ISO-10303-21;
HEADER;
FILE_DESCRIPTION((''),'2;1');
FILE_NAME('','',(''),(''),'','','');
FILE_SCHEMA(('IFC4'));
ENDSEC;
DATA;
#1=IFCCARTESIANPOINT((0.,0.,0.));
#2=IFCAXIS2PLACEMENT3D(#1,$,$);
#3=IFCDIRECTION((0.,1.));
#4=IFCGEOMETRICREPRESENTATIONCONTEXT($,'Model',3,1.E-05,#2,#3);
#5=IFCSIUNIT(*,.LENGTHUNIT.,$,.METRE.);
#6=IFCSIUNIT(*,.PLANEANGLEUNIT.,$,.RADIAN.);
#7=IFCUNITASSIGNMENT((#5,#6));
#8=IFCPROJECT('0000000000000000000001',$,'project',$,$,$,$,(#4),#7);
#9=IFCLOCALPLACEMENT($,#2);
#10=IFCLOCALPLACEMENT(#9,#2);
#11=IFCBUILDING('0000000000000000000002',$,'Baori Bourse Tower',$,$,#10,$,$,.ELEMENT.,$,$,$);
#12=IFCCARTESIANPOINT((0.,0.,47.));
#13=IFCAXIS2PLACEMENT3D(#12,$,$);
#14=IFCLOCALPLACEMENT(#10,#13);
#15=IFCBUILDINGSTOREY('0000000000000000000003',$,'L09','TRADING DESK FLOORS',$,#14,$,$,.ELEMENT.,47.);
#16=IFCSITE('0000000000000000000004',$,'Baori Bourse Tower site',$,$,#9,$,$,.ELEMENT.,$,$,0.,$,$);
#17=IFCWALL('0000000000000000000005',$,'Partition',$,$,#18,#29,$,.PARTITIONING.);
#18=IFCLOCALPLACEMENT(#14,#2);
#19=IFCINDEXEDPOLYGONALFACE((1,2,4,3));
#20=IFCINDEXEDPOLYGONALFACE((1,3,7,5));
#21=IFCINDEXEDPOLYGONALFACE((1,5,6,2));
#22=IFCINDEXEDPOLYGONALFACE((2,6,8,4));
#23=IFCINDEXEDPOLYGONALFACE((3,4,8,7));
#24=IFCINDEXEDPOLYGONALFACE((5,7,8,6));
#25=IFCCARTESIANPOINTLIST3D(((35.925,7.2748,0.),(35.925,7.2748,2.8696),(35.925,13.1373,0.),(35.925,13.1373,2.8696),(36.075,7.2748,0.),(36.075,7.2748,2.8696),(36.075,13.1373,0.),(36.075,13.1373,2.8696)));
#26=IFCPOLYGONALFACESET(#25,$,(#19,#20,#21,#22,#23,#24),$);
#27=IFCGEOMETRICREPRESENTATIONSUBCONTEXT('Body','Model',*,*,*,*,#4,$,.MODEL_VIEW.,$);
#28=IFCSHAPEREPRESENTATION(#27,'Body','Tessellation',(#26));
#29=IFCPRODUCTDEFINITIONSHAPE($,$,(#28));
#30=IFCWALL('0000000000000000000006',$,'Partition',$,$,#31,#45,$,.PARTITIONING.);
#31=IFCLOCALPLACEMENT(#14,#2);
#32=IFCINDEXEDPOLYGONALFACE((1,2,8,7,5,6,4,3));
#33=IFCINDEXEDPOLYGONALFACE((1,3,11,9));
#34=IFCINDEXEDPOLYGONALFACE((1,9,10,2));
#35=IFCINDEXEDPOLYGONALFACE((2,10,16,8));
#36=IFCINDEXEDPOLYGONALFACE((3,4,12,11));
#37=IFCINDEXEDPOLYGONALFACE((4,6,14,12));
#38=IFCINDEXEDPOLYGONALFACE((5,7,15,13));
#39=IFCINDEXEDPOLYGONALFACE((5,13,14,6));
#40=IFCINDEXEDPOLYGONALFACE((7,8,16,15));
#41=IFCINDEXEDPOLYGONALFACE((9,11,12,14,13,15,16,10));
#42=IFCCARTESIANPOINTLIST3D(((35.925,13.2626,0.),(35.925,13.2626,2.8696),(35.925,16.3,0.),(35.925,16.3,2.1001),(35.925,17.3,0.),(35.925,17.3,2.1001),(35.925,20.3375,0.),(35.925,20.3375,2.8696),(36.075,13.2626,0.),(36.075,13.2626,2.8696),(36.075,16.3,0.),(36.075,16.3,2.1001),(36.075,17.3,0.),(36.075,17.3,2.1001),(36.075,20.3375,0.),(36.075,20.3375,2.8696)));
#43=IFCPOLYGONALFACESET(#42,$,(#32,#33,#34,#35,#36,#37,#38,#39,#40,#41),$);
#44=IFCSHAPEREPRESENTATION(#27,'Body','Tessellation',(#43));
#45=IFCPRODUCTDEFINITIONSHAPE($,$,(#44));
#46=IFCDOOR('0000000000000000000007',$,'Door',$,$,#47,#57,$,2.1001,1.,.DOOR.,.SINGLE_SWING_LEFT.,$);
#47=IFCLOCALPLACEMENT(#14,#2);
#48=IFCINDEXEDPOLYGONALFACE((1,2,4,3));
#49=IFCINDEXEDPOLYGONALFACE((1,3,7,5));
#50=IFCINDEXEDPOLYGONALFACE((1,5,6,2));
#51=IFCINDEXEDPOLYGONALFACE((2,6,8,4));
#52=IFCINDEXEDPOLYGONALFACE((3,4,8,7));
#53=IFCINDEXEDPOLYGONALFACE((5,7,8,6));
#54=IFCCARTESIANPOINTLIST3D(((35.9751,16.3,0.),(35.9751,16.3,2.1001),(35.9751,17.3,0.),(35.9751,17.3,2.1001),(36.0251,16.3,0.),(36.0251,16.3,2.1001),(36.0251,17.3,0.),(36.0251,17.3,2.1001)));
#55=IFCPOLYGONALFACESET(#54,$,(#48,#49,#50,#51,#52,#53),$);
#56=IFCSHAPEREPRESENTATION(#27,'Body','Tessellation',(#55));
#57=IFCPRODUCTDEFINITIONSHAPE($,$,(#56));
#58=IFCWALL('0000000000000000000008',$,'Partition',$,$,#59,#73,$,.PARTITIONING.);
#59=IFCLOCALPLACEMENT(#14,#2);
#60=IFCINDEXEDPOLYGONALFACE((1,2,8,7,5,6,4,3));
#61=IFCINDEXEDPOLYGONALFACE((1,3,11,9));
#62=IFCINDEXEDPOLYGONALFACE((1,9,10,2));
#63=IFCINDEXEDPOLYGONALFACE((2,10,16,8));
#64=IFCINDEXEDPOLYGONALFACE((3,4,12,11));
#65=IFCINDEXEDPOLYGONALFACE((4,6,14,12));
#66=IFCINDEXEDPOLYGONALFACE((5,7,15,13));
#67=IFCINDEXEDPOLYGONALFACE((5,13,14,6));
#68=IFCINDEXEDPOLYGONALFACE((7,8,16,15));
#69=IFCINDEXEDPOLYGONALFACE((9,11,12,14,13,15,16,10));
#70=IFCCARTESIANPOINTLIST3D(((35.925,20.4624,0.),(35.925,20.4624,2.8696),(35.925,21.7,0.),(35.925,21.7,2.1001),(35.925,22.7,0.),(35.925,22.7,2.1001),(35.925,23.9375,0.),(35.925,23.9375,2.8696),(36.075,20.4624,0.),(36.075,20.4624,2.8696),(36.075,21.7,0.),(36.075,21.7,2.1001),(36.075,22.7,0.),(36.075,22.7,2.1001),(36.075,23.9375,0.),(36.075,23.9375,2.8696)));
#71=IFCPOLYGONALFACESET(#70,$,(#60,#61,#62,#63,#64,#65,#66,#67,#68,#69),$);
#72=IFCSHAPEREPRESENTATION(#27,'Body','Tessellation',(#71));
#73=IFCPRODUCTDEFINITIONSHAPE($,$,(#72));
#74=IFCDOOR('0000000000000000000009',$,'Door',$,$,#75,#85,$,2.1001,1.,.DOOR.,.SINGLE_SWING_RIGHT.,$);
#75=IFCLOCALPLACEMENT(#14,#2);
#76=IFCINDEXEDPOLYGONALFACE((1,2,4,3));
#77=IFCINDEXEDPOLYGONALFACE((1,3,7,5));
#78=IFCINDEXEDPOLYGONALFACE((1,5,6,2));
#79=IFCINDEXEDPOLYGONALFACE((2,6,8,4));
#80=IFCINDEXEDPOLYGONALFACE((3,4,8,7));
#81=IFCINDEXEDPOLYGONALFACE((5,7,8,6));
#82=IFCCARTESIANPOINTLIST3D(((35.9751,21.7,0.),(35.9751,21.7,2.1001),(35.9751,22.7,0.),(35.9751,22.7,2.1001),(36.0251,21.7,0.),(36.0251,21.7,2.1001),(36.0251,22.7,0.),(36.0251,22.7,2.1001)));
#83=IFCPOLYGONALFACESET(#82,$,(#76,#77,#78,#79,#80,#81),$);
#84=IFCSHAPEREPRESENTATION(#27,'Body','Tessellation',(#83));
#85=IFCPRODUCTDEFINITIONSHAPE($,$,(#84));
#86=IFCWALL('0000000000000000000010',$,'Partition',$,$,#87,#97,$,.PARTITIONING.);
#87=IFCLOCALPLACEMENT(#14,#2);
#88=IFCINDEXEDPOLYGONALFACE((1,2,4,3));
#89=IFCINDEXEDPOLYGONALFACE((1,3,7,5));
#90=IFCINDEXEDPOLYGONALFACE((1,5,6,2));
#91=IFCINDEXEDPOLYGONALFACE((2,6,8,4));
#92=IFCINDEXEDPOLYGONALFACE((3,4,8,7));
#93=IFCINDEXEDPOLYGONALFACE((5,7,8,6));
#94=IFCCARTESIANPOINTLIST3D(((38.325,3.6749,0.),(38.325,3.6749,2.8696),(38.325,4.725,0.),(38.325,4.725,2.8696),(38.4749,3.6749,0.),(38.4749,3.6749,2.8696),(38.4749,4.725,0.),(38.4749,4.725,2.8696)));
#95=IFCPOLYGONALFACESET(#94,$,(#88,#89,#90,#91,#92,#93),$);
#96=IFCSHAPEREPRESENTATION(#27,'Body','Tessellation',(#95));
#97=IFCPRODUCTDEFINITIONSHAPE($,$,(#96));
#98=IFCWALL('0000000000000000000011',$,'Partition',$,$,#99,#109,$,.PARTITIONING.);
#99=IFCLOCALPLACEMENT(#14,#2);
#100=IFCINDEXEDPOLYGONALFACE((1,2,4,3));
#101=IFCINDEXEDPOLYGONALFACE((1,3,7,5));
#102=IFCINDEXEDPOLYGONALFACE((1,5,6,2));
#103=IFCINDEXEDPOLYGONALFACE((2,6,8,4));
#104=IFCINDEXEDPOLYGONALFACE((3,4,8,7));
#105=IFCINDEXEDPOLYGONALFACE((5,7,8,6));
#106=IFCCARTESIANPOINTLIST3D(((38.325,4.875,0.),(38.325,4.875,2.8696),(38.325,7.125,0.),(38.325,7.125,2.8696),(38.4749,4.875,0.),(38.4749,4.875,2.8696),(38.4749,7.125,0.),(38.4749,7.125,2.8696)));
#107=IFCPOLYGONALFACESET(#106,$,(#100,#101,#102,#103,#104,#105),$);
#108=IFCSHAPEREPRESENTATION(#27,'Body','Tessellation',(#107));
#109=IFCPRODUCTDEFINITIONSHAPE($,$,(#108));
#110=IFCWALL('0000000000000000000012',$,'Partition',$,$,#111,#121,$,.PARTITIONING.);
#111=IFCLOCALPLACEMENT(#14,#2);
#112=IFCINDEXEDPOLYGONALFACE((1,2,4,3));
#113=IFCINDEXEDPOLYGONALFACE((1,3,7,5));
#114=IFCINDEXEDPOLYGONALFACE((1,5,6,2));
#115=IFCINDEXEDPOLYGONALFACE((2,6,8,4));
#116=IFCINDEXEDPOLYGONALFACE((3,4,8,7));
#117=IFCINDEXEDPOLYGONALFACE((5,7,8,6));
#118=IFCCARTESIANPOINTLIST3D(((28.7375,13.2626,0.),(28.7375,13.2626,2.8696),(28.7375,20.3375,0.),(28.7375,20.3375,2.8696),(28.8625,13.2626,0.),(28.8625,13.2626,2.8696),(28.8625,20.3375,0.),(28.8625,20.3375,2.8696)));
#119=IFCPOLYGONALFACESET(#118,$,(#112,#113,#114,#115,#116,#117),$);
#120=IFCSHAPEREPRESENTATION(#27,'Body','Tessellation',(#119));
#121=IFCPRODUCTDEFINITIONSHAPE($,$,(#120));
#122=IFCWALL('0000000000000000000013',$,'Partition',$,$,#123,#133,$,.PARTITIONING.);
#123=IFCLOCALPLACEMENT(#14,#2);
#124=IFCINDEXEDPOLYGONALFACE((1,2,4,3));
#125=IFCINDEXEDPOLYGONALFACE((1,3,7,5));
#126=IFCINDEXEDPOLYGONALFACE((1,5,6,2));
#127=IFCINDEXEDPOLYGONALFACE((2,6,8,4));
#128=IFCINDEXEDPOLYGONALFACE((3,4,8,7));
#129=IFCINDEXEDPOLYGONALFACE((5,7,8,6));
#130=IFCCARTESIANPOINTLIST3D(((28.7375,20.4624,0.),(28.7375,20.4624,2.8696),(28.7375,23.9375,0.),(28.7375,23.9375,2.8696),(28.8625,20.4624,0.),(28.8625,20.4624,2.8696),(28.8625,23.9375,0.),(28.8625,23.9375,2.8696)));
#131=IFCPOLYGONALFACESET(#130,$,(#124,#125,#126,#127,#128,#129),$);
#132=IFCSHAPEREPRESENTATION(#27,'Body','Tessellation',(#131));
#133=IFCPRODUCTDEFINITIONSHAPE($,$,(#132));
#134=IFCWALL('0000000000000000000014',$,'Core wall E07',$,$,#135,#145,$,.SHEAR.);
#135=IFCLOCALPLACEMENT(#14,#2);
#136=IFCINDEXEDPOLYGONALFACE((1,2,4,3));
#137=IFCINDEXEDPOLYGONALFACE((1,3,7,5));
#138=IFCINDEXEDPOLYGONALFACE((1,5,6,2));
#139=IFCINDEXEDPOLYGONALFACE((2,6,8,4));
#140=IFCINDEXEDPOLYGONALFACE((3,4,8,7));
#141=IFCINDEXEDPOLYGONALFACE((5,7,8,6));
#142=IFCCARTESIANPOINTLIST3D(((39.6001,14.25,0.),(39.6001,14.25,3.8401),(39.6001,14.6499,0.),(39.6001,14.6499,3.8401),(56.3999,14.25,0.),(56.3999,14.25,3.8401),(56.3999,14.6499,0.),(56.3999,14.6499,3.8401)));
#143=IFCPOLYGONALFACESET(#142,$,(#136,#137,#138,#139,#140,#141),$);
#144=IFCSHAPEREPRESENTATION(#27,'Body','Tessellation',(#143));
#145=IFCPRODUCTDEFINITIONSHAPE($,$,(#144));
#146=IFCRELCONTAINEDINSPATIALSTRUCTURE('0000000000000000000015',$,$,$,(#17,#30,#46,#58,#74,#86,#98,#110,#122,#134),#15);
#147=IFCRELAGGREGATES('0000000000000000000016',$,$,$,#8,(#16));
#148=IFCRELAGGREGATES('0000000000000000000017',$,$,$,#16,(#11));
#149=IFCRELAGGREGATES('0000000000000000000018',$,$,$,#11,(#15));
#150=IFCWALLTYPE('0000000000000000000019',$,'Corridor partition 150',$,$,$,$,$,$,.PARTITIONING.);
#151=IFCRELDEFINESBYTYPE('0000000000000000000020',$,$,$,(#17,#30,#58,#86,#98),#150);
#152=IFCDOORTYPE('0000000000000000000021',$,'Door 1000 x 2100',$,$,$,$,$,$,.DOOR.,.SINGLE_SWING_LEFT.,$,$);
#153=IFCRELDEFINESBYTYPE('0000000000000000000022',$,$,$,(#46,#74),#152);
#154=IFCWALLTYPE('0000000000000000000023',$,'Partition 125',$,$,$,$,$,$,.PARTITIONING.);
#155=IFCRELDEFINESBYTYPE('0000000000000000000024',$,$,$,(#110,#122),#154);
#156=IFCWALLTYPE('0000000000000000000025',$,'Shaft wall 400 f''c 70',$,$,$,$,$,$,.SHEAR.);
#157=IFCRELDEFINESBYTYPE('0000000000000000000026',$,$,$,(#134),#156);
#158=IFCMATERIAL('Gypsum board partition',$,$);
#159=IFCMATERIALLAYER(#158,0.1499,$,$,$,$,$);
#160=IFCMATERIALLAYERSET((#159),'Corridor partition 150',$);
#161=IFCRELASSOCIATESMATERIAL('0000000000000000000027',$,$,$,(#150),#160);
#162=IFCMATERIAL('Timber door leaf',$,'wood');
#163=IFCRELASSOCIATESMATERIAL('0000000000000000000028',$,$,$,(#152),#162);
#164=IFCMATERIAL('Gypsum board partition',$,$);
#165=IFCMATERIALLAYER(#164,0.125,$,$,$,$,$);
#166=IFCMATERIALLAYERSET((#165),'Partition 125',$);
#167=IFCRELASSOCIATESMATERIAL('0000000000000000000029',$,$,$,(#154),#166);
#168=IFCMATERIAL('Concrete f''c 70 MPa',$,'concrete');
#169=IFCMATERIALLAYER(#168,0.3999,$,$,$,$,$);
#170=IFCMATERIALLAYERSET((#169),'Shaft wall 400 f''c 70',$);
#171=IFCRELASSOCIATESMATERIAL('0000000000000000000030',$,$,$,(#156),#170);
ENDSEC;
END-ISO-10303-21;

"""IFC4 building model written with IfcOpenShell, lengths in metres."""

from ifc_helpers import new_model, si_unit, direction, frame, frame_2d, origin, place, context, subcontext, project, spatial, rectangle, extrude, material, layer, layer_set, type_object, element, fill, save


model = new_model("IFC4")

# Units and contexts
model_context = context("Model", 3, precision=1e-05, world=origin(), true_north=direction((0.0, 1.0)))
body_context = subcontext(model_context, "Body", "Model", "MODEL_VIEW")
ifc_project = project(units=[si_unit("LENGTHUNIT", "METRE"), si_unit("PLANEANGLEUNIT", "RADIAN")], contexts=[model_context])

# Site, building, storey
site_placement = place(None, origin())
site = spatial("IfcSite", under=ifc_project, at=site_placement, Name="Baori Bourse Tower site", CompositionType="ELEMENT", RefElevation=0.0)
building_placement = place(site_placement, origin())
building = spatial("IfcBuilding", under=site, at=building_placement, Name="Baori Bourse Tower", CompositionType="ELEMENT")
storey_placement = place(building_placement, frame((0.0, 0.0, 47.0)))
storey = spatial("IfcBuildingStorey", under=building, at=storey_placement, Name="L09", Description="TRADING DESK FLOORS", CompositionType="ELEMENT", Elevation=47.0)

# Shared definitions
ifc_material_1 = material(Name="Gypsum board partition")
ifc_layer_1 = layer(ifc_material_1, 0.1499)
ifc_layer_set_1 = layer_set([ifc_layer_1], Name="Corridor partition 150")
wall_type_1 = type_object("IfcWallType", Name="Corridor partition 150", PredefinedType="PARTITIONING", material=ifc_layer_set_1)
ifc_material_2 = material(Name="Timber door leaf", Category="wood")
door_type_1 = type_object("IfcDoorType", Name="Door 1000 x 2100", OperationType="SINGLE_SWING_LEFT", PredefinedType="DOOR", material=ifc_material_2)

# Wall
wall_1_placement = place(storey_placement, frame((36.0, 7.2749, 0.0), z_axis=(0.0, 0.0, 1.0), x_axis=(0.0, 1.0, 0.0)))
element("IfcWall", 1, at=wall_1_placement, inside=storey, type_object=wall_type_1, Name="Partition", PredefinedType="PARTITIONING", context=body_context, shape_type="SweptSolid", body=[
    extrude(rectangle(XDim=5.8625, YDim=0.1499, at=frame_2d((2.9312, 0.0))), origin(), (0.0, 0.0, 1.0), 2.8696),
])

# Walls, openings, doors
wall_2_placement = place(storey_placement, frame((36.0, 13.2625, 0.0), z_axis=(0.0, 0.0, 1.0), x_axis=(0.0, 1.0, 0.0)))
wall_2 = element("IfcWall", 2, at=wall_2_placement, inside=storey, type_object=wall_type_1, Name="Partition", PredefinedType="PARTITIONING", context=body_context, shape_type="SweptSolid", body=[
    extrude(rectangle(XDim=7.075, YDim=0.1499, at=frame_2d((3.5376, 0.0))), origin(), (0.0, 0.0, 1.0), 2.8696),
])
opening_1_placement = place(wall_2_placement, frame((3.0376, 0.0, 0.0)))
opening_1 = element("IfcOpeningElement", 3, at=opening_1_placement, cuts=wall_2, PredefinedType="OPENING", context=body_context, shape_type="SweptSolid", body=[
    extrude(rectangle(XDim=1.0, YDim=2.1001, at=frame_2d((0.5, 1.05))), frame((0.0, 0.085, 0.0), z_axis=(0.0, -1.0, 0.0), x_axis=(1.0, 0.0, 0.0)), (0.0, 0.0, 1.0), 0.1699),
])
door_1_placement = place(opening_1_placement, origin())
door_1 = element("IfcDoor", 4, at=door_1_placement, inside=storey, type_object=door_type_1, Name="Door", OperationType="SINGLE_SWING_LEFT", OverallHeight=2.1001, OverallWidth=1.0, PredefinedType="DOOR", context=body_context, shape_type="SweptSolid", body=[
    extrude(rectangle(XDim=1.0, YDim=2.1001, at=frame_2d((0.5, 1.05))), frame((0.0, 0.0249, 0.0), z_axis=(0.0, -1.0, 0.0), x_axis=(1.0, 0.0, 0.0)), (0.0, 0.0, 1.0), 0.05),
])
fill(opening_1, door_1)
wall_3_placement = place(storey_placement, frame((36.0, 20.4624, 0.0), z_axis=(0.0, 0.0, 1.0), x_axis=(0.0, 1.0, 0.0)))
wall_3 = element("IfcWall", 5, at=wall_3_placement, inside=storey, type_object=wall_type_1, Name="Partition", PredefinedType="PARTITIONING", context=body_context, shape_type="SweptSolid", body=[
    extrude(rectangle(XDim=3.4751, YDim=0.1499, at=frame_2d((1.7375, 0.0))), origin(), (0.0, 0.0, 1.0), 2.8696),
])
opening_2_placement = place(wall_3_placement, frame((1.2375, 0.0, 0.0)))
opening_2 = element("IfcOpeningElement", 6, at=opening_2_placement, cuts=wall_3, PredefinedType="OPENING", context=body_context, shape_type="SweptSolid", body=[
    extrude(rectangle(XDim=1.0, YDim=2.1001, at=frame_2d((0.5, 1.05))), frame((0.0, 0.085, 0.0), z_axis=(0.0, -1.0, 0.0), x_axis=(1.0, 0.0, 0.0)), (0.0, 0.0, 1.0), 0.1699),
])
door_2_placement = place(opening_2_placement, origin())
door_2 = element("IfcDoor", 7, at=door_2_placement, inside=storey, type_object=door_type_1, Name="Door", OperationType="SINGLE_SWING_RIGHT", OverallHeight=2.1001, OverallWidth=1.0, PredefinedType="DOOR", context=body_context, shape_type="SweptSolid", body=[
    extrude(rectangle(XDim=1.0, YDim=2.1001, at=frame_2d((0.5, 1.05))), frame((0.0, 0.0249, 0.0), z_axis=(0.0, -1.0, 0.0), x_axis=(1.0, 0.0, 0.0)), (0.0, 0.0, 1.0), 0.05),
])
fill(opening_2, door_2)

# Walls
wall_4_placement = place(storey_placement, frame((38.3999, 3.675, 0.0), z_axis=(0.0, 0.0, 1.0), x_axis=(0.0, 1.0, 0.0)))
element("IfcWall", 8, at=wall_4_placement, inside=storey, type_object=wall_type_1, Name="Partition", PredefinedType="PARTITIONING", context=body_context, shape_type="SweptSolid", body=[
    extrude(rectangle(XDim=1.05, YDim=0.1499, at=frame_2d((0.5249, 0.0))), origin(), (0.0, 0.0, 1.0), 2.8696),
])
wall_5_placement = place(storey_placement, frame((38.3999, 4.875, 0.0), z_axis=(0.0, 0.0, 1.0), x_axis=(0.0, 1.0, 0.0)))
element("IfcWall", 9, at=wall_5_placement, inside=storey, type_object=wall_type_1, Name="Partition", PredefinedType="PARTITIONING", context=body_context, shape_type="SweptSolid", body=[
    extrude(rectangle(XDim=2.25, YDim=0.1499, at=frame_2d((1.125, 0.0))), origin(), (0.0, 0.0, 1.0), 2.8696),
])
ifc_material_3 = material(Name="Gypsum board partition")
ifc_layer_2 = layer(ifc_material_3, 0.125)
ifc_layer_set_2 = layer_set([ifc_layer_2], Name="Partition 125")
wall_type_2 = type_object("IfcWallType", Name="Partition 125", PredefinedType="PARTITIONING", material=ifc_layer_set_2)
wall_6_placement = place(storey_placement, frame((28.8, 13.2625, 0.0), z_axis=(0.0, 0.0, 1.0), x_axis=(0.0, 1.0, 0.0)))
element("IfcWall", 10, at=wall_6_placement, inside=storey, type_object=wall_type_2, Name="Partition", PredefinedType="PARTITIONING", context=body_context, shape_type="SweptSolid", body=[
    extrude(rectangle(XDim=7.075, YDim=0.125, at=frame_2d((3.5376, 0.0))), origin(), (0.0, 0.0, 1.0), 2.8696),
])
wall_7_placement = place(storey_placement, frame((28.8, 20.4624, 0.0), z_axis=(0.0, 0.0, 1.0), x_axis=(0.0, 1.0, 0.0)))
element("IfcWall", 11, at=wall_7_placement, inside=storey, type_object=wall_type_2, Name="Partition", PredefinedType="PARTITIONING", context=body_context, shape_type="SweptSolid", body=[
    extrude(rectangle(XDim=3.4751, YDim=0.125, at=frame_2d((1.7375, 0.0))), origin(), (0.0, 0.0, 1.0), 2.8696),
])
ifc_material_4 = material(Name="Concrete f'c 70 MPa", Category="concrete")
ifc_layer_3 = layer(ifc_material_4, 0.3999)
ifc_layer_set_3 = layer_set([ifc_layer_3], Name="Shaft wall 400 f'c 70")
wall_type_3 = type_object("IfcWallType", Name="Shaft wall 400 f'c 70", PredefinedType="SHEAR", material=ifc_layer_set_3)
wall_8_placement = place(storey_placement, frame((39.6001, 14.45, 0.0), z_axis=(0.0, 0.0, 1.0), x_axis=(1.0, 0.0, 0.0)))
element("IfcWall", 12, at=wall_8_placement, inside=storey, type_object=wall_type_3, Name="Core wall E07", PredefinedType="SHEAR", context=body_context, shape_type="SweptSolid", body=[
    extrude(rectangle(XDim=16.7998, YDim=0.3999, at=frame_2d((8.3999, 0.0))), origin(), (0.0, 0.0, 1.0), 3.8401),
])

save(model, "model.ifc")
